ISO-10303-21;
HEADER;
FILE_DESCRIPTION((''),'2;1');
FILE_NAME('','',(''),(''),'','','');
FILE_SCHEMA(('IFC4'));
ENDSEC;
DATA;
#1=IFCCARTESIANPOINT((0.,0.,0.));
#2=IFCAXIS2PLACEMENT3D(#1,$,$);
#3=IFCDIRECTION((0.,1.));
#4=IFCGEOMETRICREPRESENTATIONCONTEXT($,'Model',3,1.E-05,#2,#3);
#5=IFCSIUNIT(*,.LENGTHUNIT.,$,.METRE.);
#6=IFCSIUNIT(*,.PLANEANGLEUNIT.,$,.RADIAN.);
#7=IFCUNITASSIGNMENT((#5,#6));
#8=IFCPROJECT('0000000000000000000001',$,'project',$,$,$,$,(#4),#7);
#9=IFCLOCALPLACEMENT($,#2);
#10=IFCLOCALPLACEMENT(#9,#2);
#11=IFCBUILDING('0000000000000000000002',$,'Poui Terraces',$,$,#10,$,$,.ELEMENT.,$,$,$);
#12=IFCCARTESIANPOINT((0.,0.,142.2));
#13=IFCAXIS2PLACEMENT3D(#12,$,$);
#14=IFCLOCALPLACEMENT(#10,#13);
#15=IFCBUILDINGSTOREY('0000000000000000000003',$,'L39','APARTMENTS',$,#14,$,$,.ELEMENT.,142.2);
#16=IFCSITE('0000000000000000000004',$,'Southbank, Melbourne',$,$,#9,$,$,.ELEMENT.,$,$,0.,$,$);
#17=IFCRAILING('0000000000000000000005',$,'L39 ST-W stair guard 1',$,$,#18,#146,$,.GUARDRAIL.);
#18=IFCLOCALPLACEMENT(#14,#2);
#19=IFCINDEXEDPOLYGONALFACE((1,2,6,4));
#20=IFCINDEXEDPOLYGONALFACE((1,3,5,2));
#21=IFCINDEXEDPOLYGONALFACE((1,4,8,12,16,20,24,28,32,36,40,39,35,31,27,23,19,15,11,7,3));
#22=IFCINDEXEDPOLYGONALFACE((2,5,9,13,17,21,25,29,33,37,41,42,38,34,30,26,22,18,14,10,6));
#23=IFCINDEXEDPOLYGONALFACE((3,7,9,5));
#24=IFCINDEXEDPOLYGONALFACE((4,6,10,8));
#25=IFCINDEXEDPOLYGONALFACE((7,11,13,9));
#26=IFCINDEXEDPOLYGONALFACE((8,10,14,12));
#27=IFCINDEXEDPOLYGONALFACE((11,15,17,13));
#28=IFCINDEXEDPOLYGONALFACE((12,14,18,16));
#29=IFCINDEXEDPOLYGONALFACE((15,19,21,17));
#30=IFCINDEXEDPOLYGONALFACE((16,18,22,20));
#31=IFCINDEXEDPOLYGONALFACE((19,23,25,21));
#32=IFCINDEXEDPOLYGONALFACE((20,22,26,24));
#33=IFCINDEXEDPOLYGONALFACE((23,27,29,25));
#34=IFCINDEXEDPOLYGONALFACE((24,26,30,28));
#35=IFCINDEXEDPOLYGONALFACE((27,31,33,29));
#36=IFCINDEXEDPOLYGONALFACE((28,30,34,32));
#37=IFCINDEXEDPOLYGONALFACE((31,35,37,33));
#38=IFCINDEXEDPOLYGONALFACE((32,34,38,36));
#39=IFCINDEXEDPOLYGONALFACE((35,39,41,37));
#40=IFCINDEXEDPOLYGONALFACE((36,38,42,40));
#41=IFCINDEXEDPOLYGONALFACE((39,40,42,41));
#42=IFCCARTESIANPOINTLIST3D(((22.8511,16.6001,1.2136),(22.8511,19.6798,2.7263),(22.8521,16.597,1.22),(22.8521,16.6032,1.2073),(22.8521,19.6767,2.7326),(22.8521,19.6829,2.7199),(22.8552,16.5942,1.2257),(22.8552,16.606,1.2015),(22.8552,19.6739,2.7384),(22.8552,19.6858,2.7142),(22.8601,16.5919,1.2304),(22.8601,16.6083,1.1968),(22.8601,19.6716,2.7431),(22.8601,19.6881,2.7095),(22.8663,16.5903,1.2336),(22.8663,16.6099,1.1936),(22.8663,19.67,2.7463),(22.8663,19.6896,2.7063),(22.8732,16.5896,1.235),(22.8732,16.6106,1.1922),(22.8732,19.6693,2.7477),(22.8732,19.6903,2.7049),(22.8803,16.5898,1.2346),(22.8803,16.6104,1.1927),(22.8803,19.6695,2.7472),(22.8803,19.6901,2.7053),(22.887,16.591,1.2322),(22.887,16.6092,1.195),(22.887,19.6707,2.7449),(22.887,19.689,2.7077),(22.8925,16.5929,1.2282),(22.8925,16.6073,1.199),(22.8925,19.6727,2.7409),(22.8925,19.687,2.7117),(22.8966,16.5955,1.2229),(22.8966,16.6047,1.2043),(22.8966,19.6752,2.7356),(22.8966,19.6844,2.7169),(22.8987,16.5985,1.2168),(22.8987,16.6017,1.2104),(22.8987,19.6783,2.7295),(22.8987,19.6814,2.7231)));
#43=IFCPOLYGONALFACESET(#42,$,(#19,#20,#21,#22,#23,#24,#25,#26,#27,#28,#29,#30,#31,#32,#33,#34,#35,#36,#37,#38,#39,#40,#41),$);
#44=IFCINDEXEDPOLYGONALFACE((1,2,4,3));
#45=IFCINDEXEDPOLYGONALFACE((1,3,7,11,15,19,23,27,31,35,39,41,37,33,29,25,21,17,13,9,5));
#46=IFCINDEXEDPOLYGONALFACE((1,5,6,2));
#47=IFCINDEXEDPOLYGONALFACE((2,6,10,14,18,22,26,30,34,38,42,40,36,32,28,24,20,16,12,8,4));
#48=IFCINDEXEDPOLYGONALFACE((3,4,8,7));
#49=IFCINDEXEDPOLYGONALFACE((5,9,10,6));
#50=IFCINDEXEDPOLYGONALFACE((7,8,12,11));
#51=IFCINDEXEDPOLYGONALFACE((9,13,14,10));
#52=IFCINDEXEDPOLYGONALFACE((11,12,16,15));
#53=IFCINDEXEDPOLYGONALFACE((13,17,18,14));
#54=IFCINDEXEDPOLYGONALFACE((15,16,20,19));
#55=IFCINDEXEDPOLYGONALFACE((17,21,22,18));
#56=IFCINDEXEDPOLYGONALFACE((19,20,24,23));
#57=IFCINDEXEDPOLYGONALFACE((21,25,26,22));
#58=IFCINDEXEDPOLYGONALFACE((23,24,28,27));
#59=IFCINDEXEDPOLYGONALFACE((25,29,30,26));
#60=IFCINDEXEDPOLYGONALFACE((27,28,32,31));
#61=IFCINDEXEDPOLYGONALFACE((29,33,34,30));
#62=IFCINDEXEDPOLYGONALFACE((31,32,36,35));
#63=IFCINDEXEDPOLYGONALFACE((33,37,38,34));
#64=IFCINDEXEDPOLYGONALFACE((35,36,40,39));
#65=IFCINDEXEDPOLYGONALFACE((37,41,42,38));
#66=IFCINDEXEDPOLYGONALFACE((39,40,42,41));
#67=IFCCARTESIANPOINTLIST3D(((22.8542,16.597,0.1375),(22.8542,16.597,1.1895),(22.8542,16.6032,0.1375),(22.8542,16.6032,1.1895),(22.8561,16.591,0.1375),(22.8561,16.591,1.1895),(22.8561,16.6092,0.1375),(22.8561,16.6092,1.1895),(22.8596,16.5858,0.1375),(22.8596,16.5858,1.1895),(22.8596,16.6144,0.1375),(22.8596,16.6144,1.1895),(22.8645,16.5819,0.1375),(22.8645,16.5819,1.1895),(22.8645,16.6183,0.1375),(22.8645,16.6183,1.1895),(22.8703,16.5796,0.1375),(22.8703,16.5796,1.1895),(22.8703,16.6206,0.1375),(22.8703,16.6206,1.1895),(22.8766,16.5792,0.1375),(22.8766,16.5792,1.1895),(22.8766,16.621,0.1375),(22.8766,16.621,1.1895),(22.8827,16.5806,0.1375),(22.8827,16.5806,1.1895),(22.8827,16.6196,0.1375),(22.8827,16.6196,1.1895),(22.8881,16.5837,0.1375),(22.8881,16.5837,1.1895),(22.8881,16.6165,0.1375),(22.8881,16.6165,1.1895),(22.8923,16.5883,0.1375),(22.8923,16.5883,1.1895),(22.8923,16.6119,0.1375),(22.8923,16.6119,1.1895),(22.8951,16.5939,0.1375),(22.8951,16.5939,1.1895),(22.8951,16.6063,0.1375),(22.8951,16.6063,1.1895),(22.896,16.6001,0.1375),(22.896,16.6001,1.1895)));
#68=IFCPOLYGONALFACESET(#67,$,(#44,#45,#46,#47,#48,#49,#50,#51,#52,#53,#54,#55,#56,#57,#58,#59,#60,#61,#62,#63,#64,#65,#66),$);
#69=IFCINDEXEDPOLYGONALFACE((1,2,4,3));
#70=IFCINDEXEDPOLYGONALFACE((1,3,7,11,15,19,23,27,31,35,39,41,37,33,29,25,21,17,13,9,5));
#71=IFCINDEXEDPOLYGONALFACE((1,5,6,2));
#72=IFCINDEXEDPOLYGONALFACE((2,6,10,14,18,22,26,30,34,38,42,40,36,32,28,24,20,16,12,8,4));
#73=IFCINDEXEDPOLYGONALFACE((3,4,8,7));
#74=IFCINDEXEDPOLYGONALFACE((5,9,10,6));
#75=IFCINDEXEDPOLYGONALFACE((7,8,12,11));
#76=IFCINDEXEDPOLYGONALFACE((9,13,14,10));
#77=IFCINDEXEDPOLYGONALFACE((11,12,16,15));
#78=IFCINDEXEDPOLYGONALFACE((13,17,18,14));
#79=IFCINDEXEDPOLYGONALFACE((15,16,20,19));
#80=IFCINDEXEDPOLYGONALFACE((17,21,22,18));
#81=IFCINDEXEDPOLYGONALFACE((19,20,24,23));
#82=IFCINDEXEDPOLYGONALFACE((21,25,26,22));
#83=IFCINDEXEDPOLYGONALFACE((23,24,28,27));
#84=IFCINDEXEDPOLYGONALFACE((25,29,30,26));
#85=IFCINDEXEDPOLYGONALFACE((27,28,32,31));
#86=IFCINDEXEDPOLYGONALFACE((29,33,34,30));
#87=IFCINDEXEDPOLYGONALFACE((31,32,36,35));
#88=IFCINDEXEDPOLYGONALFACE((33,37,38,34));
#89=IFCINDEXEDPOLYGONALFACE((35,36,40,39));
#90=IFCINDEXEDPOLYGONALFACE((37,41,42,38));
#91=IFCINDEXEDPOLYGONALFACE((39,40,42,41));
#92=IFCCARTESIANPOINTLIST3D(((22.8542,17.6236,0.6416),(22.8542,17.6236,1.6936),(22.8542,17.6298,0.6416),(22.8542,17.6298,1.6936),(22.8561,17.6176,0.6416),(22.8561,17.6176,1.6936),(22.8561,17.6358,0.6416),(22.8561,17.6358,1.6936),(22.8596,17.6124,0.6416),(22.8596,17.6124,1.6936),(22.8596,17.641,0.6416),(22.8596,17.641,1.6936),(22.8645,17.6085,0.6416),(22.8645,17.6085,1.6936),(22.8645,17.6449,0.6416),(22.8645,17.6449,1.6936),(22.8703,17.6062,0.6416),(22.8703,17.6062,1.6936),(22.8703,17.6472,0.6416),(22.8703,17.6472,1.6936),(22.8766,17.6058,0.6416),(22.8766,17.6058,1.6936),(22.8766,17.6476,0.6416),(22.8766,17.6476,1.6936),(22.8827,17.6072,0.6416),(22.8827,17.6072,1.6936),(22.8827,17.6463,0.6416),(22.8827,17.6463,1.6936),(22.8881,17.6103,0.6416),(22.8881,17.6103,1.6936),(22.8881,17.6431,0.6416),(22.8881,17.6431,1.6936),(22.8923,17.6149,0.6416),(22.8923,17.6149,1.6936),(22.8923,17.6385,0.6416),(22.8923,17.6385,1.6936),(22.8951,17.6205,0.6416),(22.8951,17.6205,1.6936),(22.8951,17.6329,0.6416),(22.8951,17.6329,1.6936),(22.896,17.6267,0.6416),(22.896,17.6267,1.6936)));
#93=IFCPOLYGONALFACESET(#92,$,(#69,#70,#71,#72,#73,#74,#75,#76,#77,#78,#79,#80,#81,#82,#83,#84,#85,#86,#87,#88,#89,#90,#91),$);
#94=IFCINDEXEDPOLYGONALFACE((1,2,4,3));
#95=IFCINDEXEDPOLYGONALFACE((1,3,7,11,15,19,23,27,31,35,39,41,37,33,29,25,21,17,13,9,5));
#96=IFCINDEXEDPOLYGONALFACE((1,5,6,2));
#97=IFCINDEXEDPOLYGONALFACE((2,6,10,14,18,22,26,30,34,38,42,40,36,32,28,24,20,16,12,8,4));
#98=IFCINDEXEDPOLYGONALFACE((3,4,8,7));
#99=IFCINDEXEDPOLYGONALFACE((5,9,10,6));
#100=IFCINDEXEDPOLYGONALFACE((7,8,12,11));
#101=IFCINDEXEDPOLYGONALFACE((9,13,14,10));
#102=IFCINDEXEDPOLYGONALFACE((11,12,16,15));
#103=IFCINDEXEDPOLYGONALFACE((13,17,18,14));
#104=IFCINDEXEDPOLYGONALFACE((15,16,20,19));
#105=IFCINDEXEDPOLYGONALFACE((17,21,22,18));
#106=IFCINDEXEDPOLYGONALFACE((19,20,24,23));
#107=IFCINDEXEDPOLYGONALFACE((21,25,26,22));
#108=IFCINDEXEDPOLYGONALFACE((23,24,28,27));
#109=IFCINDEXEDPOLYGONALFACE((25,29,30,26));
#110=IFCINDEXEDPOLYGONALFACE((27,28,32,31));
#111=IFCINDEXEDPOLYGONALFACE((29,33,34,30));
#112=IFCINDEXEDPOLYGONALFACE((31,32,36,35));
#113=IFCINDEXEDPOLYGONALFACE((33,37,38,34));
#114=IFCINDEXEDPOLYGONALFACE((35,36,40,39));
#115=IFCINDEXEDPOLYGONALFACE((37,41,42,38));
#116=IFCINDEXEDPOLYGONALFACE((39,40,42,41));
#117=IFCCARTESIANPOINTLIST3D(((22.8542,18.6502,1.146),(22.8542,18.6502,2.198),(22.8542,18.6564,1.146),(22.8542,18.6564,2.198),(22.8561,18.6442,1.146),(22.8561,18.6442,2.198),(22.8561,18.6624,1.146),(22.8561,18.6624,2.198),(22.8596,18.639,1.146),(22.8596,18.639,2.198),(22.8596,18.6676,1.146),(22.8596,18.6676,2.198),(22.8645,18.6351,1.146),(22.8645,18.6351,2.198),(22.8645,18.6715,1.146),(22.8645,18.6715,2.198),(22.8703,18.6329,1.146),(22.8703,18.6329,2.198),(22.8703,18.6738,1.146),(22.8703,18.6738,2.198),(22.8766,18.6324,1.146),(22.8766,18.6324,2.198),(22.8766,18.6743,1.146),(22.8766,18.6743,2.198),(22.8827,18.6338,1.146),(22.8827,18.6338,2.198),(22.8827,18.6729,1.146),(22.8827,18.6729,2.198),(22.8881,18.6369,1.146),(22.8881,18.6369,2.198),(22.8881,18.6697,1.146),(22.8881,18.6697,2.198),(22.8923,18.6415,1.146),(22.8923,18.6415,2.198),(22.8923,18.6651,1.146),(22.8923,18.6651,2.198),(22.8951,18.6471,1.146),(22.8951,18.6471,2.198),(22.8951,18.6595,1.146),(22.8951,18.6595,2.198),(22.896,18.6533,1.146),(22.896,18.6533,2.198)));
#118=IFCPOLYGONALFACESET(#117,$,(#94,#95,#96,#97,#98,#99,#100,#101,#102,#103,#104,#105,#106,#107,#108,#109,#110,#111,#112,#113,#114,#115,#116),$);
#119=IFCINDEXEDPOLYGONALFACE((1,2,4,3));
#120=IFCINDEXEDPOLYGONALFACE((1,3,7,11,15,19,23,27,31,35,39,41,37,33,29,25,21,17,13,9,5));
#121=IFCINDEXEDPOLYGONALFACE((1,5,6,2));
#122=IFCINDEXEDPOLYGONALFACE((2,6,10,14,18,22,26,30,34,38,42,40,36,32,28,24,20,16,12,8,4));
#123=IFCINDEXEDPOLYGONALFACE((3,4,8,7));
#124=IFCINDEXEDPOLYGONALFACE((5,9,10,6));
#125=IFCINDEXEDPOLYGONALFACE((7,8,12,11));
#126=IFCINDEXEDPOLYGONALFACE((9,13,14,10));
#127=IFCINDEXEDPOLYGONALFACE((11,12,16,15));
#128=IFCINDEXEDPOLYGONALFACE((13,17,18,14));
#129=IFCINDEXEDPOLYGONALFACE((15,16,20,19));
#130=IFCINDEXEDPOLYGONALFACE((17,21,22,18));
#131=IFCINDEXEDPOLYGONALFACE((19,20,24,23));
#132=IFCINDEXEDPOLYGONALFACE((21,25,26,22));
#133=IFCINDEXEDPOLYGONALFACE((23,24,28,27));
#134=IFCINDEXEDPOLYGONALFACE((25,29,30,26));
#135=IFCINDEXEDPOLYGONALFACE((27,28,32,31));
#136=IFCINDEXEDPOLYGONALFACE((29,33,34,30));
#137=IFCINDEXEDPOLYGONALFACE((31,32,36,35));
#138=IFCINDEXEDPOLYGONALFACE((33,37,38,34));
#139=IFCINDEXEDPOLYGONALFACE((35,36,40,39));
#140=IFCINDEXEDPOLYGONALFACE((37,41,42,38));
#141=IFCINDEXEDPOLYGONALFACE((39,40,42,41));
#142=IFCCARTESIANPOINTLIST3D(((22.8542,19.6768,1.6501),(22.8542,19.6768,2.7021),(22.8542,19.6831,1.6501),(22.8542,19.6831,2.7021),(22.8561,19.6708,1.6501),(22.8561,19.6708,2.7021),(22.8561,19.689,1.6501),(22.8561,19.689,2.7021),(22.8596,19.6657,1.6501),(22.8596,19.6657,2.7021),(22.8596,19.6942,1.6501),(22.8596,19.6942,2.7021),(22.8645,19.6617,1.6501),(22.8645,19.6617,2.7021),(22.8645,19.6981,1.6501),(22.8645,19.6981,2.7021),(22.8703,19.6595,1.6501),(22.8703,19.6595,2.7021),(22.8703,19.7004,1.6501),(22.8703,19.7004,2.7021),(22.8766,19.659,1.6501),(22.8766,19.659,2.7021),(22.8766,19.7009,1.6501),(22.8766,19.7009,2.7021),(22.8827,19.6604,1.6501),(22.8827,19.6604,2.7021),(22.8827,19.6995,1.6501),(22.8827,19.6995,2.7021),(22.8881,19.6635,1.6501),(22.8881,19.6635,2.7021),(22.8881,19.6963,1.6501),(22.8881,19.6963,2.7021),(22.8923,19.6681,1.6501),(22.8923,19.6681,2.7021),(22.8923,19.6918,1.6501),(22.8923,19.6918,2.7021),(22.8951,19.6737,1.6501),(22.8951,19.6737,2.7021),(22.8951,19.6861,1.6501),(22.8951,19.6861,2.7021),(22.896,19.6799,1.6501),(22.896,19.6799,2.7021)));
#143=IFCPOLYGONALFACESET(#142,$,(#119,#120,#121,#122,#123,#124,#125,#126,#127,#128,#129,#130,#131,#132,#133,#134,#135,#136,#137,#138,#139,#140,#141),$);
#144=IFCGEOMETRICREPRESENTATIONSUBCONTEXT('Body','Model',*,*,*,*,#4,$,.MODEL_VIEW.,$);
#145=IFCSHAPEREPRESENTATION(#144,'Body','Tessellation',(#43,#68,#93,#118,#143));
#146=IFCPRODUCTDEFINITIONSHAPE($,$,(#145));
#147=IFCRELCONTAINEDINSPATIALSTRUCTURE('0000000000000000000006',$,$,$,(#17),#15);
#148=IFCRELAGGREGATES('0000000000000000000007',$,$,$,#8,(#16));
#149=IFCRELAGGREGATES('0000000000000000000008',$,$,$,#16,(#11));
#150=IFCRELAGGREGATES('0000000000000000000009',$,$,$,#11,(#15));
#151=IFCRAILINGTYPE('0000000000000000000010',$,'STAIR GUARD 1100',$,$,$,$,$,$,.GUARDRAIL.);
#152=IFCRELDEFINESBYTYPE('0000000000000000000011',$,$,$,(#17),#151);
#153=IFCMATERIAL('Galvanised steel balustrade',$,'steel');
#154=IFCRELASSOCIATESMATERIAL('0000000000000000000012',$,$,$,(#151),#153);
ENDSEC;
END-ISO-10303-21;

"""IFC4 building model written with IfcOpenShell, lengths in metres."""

from ifc_helpers import new_model, si_unit, direction, frame, origin, origin_2d, place, context, subcontext, project, spatial, circle, extrude, material, type_object, element, save


model = new_model("IFC4")

# Units and contexts
model_context = context("Model", 3, precision=1e-05, world=origin(), true_north=direction((0.0, 1.0)))
body_context = subcontext(model_context, "Body", "Model", "MODEL_VIEW")
ifc_project = project(units=[si_unit("LENGTHUNIT", "METRE"), si_unit("PLANEANGLEUNIT", "RADIAN")], contexts=[model_context])

# Site, building, storey
site_placement = place(None, origin())
site = spatial("IfcSite", under=ifc_project, at=site_placement, Name="Southbank, Melbourne", CompositionType="ELEMENT", RefElevation=0.0)
building_placement = place(site_placement, origin())
building = spatial("IfcBuilding", under=site, at=building_placement, Name="Poui Terraces", CompositionType="ELEMENT")
storey_placement = place(building_placement, frame((0.0, 0.0, 142.2)))
storey = spatial("IfcBuildingStorey", under=building, at=storey_placement, Name="L39", Description="APARTMENTS", CompositionType="ELEMENT", Elevation=142.2)

# Railing
ifc_material_1 = material(Name="Galvanised steel balustrade", Category="steel")
railing_type = type_object("IfcRailingType", Name="STAIR GUARD 1100", PredefinedType="GUARDRAIL", material=ifc_material_1)
railing_1_placement = place(storey_placement, frame((22.875, 16.6001, 0.1375)))
element("IfcRailing", 1, at=railing_1_placement, inside=storey, type_object=railing_type, Name="L39 ST-W stair guard 1", PredefinedType="GUARDRAIL", context=body_context, shape_type="SweptSolid", body=[
    extrude(circle(Radius=0.0239, at=origin_2d()), frame((0.0, 0.0, 1.0762), z_axis=(0.0, 0.897578, 0.440856), x_axis=(-1.0, 0.0, 0.0)), (0.0, 0.0, 1.0), 3.4312),
    extrude(circle(Radius=0.021, at=origin_2d()), origin(), (0.0, 0.0, 1.0), 1.052),
    extrude(circle(Radius=0.021, at=origin_2d()), frame((0.0, 1.0266, 0.5042)), (0.0, 0.0, 1.0), 1.052),
    extrude(circle(Radius=0.021, at=origin_2d()), frame((0.0, 2.0532, 1.0085)), (0.0, 0.0, 1.0), 1.052),
    extrude(circle(Radius=0.021, at=origin_2d()), frame((0.0, 3.0798, 1.5127)), (0.0, 0.0, 1.0), 1.052),
])

save(model, "model.ifc")
